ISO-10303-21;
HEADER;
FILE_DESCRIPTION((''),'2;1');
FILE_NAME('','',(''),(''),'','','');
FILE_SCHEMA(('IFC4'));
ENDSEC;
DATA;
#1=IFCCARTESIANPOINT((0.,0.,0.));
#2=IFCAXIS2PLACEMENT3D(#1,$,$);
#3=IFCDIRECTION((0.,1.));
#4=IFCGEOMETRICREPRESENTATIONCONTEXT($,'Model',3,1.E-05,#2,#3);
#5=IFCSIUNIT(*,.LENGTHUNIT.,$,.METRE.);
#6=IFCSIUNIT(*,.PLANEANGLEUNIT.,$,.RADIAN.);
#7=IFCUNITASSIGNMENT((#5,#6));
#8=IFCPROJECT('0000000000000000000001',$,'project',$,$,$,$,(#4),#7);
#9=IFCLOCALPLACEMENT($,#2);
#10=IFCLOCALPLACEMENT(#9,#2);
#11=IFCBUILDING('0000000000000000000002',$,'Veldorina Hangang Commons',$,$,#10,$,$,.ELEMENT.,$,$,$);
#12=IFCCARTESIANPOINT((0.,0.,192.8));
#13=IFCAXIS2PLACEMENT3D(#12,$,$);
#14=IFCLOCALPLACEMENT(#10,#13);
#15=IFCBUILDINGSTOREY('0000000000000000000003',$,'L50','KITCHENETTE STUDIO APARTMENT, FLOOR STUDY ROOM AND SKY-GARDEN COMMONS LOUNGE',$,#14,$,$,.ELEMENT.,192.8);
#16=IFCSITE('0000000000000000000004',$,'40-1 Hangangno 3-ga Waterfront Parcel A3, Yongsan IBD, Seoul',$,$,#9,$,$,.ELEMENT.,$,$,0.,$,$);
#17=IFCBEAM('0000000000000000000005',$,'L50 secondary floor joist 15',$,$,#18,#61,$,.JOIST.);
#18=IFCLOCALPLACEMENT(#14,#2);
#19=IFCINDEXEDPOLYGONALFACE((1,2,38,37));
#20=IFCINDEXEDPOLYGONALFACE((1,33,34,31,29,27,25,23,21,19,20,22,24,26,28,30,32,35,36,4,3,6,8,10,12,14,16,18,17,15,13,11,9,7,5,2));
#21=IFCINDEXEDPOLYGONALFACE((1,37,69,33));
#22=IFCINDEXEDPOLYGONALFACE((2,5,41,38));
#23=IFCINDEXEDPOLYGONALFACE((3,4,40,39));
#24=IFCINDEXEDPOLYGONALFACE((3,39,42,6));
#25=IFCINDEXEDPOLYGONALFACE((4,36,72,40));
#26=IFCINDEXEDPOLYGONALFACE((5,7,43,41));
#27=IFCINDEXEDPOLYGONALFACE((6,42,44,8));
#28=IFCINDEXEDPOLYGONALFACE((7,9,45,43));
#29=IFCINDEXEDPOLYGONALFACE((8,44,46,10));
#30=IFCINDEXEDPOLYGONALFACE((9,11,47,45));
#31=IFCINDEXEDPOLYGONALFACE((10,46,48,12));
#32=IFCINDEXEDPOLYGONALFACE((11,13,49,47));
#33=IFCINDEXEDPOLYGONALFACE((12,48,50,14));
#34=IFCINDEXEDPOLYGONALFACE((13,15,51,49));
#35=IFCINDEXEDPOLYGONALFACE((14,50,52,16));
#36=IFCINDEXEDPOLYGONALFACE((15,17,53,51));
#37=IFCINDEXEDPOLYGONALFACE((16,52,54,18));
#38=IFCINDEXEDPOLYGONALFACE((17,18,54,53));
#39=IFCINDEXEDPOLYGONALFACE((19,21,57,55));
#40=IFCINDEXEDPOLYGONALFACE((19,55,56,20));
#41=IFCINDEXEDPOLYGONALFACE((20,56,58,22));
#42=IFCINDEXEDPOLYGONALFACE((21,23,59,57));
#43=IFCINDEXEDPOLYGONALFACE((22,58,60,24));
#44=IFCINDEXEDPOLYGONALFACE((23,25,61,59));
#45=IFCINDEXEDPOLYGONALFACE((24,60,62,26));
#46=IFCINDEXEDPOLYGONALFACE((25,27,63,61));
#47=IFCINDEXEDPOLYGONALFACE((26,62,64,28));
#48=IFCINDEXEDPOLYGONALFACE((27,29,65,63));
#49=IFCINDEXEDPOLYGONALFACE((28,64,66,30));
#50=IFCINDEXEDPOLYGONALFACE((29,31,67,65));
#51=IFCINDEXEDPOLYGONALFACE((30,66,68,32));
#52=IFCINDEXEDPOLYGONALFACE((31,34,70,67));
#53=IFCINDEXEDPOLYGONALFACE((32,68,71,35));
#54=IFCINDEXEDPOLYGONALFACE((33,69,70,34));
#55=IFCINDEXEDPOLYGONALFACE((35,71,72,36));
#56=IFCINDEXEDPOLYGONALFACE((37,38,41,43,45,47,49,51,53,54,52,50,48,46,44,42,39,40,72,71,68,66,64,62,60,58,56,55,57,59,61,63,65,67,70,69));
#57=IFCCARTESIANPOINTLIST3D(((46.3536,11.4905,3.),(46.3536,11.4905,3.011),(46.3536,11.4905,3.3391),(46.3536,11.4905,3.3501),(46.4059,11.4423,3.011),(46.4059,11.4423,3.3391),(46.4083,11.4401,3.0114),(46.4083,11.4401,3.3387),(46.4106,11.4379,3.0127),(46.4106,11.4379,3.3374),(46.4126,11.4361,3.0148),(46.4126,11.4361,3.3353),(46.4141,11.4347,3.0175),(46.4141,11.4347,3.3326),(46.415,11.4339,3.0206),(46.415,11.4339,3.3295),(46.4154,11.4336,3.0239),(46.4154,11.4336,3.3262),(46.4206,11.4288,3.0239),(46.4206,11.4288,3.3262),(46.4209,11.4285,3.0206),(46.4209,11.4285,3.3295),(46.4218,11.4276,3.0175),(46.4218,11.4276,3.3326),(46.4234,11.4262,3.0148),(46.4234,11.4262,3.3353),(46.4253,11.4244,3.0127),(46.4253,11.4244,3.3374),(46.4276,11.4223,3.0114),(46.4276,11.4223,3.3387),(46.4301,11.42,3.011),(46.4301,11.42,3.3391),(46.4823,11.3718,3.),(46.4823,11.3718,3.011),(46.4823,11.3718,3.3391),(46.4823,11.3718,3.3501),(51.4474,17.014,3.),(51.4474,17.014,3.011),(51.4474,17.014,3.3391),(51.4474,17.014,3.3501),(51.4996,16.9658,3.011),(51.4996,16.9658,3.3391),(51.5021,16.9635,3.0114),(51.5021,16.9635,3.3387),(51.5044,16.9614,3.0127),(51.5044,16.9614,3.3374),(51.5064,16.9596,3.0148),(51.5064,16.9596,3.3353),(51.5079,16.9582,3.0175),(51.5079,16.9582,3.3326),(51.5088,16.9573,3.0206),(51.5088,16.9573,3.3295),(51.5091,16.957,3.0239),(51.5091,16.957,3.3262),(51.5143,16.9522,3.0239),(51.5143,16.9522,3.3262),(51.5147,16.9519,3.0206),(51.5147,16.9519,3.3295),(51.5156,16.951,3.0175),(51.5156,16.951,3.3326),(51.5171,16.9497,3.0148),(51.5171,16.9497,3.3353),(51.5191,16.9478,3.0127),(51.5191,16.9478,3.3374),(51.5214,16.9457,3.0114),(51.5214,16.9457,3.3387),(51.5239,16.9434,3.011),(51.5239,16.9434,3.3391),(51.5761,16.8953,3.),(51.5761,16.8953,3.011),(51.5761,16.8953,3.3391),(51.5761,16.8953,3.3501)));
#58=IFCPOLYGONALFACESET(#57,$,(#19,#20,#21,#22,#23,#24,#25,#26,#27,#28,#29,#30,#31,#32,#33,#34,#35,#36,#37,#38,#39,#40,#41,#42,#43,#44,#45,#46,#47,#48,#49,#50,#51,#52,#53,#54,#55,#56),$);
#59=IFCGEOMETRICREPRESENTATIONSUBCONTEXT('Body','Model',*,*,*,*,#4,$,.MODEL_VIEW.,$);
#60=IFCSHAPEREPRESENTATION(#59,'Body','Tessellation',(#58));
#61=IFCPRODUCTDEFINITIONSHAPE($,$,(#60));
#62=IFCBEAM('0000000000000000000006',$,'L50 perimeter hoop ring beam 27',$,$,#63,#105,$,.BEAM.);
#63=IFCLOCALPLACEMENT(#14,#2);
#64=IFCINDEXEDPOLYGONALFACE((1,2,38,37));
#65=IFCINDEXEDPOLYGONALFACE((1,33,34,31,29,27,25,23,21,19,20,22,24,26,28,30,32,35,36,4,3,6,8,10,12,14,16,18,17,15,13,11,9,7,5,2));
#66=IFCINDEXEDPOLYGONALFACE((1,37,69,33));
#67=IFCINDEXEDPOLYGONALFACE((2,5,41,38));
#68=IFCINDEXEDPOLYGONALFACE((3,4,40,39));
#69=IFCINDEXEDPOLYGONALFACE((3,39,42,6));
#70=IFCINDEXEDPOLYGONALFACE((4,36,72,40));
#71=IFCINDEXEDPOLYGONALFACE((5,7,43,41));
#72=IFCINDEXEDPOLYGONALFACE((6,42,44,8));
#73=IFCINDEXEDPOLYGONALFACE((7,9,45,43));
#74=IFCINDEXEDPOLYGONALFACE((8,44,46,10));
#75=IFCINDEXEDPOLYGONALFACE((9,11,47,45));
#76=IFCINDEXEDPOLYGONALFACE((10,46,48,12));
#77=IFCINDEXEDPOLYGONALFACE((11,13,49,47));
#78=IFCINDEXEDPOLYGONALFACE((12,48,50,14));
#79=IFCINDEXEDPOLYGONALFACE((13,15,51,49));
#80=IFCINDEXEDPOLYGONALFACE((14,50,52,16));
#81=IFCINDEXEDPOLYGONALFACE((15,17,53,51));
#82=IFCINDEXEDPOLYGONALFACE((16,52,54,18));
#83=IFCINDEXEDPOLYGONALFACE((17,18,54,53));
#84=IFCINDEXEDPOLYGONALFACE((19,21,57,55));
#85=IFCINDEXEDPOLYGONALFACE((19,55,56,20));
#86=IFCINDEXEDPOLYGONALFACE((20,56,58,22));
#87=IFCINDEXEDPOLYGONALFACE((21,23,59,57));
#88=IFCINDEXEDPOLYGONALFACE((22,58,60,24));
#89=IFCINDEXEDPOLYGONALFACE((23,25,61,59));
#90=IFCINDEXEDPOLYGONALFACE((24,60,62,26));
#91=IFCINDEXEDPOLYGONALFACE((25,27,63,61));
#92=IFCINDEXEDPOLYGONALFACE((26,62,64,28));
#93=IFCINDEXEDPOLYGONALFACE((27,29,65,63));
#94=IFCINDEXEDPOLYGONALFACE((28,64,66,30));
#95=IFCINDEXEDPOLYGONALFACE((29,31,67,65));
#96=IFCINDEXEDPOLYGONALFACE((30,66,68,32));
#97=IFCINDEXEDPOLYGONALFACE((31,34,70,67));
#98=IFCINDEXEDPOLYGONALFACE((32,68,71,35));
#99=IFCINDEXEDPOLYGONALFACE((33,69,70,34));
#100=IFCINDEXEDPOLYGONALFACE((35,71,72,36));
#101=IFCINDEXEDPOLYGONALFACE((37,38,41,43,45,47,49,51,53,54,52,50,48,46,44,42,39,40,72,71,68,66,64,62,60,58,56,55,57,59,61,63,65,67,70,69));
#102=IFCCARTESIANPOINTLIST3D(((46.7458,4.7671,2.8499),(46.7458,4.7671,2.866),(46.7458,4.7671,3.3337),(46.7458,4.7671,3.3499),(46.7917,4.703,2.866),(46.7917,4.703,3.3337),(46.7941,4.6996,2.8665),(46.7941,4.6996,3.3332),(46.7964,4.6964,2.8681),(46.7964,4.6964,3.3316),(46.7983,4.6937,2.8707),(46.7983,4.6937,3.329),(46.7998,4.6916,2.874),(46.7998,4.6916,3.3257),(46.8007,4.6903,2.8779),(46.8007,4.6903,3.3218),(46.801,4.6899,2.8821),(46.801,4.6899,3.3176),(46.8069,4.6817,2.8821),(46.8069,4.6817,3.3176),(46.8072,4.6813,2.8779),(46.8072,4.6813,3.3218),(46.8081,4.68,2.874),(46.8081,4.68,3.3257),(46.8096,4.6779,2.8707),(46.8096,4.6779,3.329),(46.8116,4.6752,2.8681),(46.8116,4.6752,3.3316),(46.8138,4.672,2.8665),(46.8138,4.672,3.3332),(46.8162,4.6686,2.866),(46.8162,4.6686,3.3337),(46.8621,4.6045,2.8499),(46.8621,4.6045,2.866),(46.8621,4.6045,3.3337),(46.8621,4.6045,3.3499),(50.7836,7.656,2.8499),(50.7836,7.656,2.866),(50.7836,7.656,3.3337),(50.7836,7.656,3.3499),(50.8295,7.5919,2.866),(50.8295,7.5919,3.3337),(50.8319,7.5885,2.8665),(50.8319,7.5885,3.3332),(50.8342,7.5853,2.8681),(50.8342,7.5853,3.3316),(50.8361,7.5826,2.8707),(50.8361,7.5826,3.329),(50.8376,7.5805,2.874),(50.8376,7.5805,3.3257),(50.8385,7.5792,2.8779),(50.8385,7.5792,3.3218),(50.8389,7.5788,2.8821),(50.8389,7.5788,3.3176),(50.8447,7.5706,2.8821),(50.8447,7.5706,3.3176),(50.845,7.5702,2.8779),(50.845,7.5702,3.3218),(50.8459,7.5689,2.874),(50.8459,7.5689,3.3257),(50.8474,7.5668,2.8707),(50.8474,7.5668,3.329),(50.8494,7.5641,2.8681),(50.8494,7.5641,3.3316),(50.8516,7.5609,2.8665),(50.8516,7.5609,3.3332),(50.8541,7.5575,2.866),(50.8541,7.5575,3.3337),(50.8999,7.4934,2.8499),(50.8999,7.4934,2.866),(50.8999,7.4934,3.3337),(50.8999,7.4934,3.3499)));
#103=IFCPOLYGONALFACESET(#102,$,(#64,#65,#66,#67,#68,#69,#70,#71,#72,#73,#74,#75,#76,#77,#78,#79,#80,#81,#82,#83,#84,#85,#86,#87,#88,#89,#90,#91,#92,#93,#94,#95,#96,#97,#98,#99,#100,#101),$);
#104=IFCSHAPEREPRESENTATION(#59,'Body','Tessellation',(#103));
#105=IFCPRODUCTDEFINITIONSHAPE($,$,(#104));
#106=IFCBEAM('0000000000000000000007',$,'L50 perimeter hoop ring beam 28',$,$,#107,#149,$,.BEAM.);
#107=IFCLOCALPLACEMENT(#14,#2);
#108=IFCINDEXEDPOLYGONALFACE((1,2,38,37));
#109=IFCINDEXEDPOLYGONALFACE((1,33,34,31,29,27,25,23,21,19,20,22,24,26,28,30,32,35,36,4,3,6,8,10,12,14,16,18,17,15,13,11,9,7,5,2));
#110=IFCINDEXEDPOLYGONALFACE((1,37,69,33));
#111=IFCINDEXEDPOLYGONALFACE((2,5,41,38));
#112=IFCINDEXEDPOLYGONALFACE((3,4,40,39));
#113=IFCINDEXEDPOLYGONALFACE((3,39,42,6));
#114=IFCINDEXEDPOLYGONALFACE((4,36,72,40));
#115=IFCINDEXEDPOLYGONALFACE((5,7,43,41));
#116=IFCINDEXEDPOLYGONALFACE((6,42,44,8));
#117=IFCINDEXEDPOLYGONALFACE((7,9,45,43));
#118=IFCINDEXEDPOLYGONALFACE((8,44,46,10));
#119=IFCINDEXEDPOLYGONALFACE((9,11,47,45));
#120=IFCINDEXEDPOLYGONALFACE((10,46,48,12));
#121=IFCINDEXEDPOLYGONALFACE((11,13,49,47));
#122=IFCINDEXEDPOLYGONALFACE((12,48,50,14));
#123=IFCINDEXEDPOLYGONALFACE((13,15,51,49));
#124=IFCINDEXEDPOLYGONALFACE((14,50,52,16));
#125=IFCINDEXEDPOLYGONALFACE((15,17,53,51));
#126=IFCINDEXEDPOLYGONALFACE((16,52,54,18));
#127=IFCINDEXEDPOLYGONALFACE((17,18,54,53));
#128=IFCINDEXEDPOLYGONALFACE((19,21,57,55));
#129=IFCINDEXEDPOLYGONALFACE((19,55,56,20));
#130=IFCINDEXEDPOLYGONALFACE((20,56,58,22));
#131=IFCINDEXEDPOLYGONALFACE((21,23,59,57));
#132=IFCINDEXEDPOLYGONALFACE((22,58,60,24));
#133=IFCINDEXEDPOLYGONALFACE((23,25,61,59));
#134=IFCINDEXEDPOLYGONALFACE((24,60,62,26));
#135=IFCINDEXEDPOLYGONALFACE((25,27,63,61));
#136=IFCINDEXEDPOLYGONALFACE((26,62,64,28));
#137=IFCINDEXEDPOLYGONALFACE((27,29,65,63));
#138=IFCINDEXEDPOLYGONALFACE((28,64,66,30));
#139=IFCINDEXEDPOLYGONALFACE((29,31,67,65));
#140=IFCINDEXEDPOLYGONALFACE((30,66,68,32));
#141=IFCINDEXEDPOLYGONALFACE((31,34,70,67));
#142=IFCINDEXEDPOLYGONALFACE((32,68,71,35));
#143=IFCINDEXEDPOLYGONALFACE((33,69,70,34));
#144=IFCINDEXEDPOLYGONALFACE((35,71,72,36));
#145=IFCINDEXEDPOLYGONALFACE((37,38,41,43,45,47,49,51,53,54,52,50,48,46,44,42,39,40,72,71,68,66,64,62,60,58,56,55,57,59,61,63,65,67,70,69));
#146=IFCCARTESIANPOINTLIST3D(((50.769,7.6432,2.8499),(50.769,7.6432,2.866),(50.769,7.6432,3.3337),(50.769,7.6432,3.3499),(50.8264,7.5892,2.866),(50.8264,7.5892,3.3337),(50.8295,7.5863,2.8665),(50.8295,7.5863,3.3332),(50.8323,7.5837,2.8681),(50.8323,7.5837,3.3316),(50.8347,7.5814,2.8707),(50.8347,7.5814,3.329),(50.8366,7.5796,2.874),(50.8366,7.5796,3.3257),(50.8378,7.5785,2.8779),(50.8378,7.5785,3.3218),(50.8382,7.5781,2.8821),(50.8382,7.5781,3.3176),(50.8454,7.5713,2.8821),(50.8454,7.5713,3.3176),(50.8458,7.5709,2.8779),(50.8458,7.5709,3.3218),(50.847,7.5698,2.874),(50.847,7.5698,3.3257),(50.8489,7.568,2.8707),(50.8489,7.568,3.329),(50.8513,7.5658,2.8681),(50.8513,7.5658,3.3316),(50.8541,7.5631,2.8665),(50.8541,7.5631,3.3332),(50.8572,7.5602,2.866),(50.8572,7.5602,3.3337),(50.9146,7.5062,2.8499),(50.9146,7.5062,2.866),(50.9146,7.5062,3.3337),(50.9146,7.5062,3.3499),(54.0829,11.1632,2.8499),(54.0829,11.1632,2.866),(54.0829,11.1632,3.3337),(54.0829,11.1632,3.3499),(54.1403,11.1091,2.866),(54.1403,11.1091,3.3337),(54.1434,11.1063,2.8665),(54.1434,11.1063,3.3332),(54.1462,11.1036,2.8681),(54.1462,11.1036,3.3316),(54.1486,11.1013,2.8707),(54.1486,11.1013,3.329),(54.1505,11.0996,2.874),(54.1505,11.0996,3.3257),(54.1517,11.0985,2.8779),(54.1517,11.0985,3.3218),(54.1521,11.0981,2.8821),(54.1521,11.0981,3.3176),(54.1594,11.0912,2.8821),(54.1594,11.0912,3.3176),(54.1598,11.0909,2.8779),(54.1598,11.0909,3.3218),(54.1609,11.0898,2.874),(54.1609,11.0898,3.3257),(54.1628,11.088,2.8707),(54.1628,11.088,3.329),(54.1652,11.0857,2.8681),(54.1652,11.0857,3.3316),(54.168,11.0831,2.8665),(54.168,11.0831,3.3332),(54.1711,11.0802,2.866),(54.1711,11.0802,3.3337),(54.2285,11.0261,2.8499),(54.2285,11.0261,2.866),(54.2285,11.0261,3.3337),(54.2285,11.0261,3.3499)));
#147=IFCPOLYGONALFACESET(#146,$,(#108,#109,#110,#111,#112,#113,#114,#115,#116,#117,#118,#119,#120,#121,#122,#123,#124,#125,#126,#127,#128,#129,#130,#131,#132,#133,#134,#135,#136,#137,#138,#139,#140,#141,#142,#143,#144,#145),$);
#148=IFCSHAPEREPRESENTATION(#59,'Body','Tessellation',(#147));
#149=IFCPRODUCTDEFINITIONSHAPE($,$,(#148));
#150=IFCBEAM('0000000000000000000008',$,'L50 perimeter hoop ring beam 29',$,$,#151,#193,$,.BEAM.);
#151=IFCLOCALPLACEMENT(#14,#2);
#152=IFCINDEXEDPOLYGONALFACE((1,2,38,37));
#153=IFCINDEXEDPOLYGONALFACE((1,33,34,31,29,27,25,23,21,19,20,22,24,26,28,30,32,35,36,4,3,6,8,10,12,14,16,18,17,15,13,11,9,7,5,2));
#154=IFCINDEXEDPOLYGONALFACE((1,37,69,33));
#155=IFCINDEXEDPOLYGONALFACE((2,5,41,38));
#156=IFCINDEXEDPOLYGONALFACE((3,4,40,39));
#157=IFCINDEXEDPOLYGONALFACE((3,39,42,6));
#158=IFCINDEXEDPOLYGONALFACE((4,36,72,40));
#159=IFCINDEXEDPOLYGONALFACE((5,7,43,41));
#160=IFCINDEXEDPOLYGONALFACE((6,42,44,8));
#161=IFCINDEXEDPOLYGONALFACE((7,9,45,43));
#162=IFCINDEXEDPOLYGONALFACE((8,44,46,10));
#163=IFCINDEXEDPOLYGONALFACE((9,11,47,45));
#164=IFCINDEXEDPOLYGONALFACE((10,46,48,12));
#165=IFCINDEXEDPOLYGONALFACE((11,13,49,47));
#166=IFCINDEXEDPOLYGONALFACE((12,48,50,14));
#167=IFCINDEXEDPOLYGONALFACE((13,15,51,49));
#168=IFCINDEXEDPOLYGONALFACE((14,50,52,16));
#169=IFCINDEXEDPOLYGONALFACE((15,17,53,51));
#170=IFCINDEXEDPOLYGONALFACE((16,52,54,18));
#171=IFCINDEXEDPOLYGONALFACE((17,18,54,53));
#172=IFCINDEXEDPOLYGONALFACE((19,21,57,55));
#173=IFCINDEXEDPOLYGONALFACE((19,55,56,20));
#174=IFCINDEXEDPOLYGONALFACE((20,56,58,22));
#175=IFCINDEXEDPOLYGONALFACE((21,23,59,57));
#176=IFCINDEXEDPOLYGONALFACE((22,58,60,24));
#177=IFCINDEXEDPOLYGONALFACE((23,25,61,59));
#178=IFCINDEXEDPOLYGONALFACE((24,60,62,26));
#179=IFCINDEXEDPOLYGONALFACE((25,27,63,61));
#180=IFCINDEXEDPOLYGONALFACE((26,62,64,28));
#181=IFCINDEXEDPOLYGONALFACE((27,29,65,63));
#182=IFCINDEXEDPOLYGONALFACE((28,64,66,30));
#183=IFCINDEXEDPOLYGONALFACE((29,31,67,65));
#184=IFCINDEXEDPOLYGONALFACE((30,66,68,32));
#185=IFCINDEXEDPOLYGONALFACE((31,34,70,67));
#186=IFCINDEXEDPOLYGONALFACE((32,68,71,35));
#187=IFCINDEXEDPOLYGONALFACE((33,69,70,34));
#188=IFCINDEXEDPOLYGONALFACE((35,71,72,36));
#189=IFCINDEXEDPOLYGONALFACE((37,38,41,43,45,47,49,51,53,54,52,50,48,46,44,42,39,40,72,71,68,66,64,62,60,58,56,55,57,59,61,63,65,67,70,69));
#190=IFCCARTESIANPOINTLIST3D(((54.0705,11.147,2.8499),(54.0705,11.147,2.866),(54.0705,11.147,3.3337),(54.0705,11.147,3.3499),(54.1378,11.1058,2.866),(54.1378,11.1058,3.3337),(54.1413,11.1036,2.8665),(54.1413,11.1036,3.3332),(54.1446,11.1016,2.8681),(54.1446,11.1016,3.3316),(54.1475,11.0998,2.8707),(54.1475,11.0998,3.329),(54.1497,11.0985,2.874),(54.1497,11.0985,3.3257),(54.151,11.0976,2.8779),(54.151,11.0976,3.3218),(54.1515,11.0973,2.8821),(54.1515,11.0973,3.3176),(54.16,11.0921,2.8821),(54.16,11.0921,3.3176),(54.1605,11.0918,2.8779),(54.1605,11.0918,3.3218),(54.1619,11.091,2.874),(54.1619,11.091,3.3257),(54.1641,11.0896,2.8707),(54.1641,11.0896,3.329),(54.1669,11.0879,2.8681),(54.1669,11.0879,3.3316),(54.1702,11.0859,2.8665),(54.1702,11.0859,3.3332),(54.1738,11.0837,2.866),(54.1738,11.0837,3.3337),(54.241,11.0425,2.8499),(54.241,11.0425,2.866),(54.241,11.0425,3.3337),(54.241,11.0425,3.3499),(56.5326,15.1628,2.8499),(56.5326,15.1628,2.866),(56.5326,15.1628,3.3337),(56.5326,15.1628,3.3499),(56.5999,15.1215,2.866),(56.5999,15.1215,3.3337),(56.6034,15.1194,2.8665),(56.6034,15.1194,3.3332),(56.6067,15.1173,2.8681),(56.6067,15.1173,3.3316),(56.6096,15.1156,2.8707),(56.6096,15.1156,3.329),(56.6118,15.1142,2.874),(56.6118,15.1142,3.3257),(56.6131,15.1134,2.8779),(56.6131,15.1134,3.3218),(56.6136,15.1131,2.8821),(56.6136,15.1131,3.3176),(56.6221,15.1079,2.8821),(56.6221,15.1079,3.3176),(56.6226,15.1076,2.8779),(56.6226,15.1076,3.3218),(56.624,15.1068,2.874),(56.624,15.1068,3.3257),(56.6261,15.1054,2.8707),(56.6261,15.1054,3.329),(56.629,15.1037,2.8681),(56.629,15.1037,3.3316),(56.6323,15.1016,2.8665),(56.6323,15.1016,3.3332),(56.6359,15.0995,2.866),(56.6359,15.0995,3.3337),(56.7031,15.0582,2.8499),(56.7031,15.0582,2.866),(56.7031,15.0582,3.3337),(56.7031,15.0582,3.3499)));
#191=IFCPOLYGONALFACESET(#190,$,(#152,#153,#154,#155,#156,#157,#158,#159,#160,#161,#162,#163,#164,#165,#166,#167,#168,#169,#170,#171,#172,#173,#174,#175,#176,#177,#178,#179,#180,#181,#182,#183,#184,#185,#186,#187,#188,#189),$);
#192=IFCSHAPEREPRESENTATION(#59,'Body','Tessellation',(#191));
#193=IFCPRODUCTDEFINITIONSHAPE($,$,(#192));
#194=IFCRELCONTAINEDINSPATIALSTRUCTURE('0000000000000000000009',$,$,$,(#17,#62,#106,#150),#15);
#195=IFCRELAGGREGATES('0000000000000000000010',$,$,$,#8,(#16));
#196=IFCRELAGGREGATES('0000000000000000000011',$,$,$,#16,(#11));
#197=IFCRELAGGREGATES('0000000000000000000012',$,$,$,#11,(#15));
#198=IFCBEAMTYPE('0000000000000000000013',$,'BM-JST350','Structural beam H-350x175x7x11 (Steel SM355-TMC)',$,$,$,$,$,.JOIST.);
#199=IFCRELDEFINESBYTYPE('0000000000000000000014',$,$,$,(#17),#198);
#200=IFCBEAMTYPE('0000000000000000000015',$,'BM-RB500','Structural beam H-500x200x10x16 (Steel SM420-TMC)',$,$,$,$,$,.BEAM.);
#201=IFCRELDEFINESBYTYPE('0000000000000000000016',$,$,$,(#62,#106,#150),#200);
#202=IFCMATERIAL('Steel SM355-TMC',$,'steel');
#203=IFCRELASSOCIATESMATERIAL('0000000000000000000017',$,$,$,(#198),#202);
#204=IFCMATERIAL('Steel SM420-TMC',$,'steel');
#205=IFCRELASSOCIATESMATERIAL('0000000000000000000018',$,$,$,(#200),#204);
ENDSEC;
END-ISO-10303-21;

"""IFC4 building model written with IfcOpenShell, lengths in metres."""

from ifc_helpers import new_model, si_unit, direction, frame, origin, origin_2d, place, context, subcontext, project, spatial, i_section, extrude, material, material_profile, profile_set, type_object, element, save


model = new_model("IFC4")

# Units and contexts
model_context = context("Model", 3, precision=1e-05, world=origin(), true_north=direction((0.0, 1.0)))
body_context = subcontext(model_context, "Body", "Model", "MODEL_VIEW")
ifc_project = project(units=[si_unit("LENGTHUNIT", "METRE"), si_unit("PLANEANGLEUNIT", "RADIAN")], contexts=[model_context])

# Site, building, storey
site_placement = place(None, origin())
site = spatial("IfcSite", under=ifc_project, at=site_placement, Name="40-1 Hangangno 3-ga Waterfront Parcel A3, Yongsan IBD, Seoul", CompositionType="ELEMENT", RefElevation=0.0)
building_placement = place(site_placement, origin())
building = spatial("IfcBuilding", under=site, at=building_placement, Name="Veldorina Hangang Commons", CompositionType="ELEMENT")
storey_placement = place(building_placement, frame((0.0, 0.0, 192.8)))
storey = spatial("IfcBuildingStorey", under=building, at=storey_placement, Name="L50", Description="KITCHENETTE STUDIO APARTMENT, FLOOR STUDY ROOM AND SKY-GARDEN COMMONS LOUNGE", CompositionType="ELEMENT", Elevation=192.8)

# Beams
ifc_material_1 = material(Name="Steel SM355-TMC", Category="steel")
ifc_material_profile_1 = material_profile(ifc_material_1, i_section(OverallWidth=0.175, OverallDepth=0.3501, WebThickness=0.0071, FlangeThickness=0.011, FilletRadius=0.0129, at=origin_2d()), Name="H-350x175x7x11")
ifc_profile_set_1 = profile_set([ifc_material_profile_1], Name="Steel SM355-TMC")
beam_type_1 = type_object("IfcBeamType", Name="BM-JST350", Description="Structural beam H-350x175x7x11 (Steel SM355-TMC)", PredefinedType="JOIST", material=ifc_profile_set_1)
beam_1_placement = place(storey_placement, frame((46.418, 11.4312, 3.175), z_axis=(0.677935, 0.735122, 0.0), x_axis=(-0.735122, 0.677935, 0.0)))
element("IfcBeam", 1, at=beam_1_placement, inside=storey, type_object=beam_type_1, Name="L50 secondary floor joist 15", PredefinedType="JOIST", context=body_context, shape_type="SweptSolid", body=[
    extrude(i_section(OverallWidth=0.175, OverallDepth=0.3501, WebThickness=0.0071, FlangeThickness=0.011, FilletRadius=0.0129, at=origin_2d()), origin(), (0.0, 0.0, 1.0), 7.5137),
])
ifc_material_2 = material(Name="Steel SM420-TMC", Category="steel")
ifc_material_profile_2 = material_profile(ifc_material_2, i_section(OverallWidth=0.2, OverallDepth=0.5, WebThickness=0.01, FlangeThickness=0.0161, FilletRadius=0.0161, at=origin_2d()), Name="H-500x200x10x16")
ifc_profile_set_2 = profile_set([ifc_material_profile_2], Name="Steel SM420-TMC")
beam_type_2 = type_object("IfcBeamType", Name="BM-RB500", Description="Structural beam H-500x200x10x16 (Steel SM420-TMC)", PredefinedType="BEAM", material=ifc_profile_set_2)
beam_2_placement = place(storey_placement, frame((46.804, 4.6858, 3.0999), z_axis=(0.813281, 0.581871, 0.0), x_axis=(-0.581871, 0.813281, 0.0)))
element("IfcBeam", 2, at=beam_2_placement, inside=storey, type_object=beam_type_2, Name="L50 perimeter hoop ring beam 27", PredefinedType="BEAM", context=body_context, shape_type="SweptSolid", body=[
    extrude(i_section(OverallWidth=0.2, OverallDepth=0.5, WebThickness=0.01, FlangeThickness=0.0161, FilletRadius=0.0161, at=origin_2d()), origin(), (0.0, 0.0, 1.0), 4.9648),
])
beam_3_placement = place(storey_placement, frame((50.8418, 7.5747, 3.0999), z_axis=(0.685475, 0.728096, 0.0), x_axis=(-0.728096, 0.685475, 0.0)))
element("IfcBeam", 3, at=beam_3_placement, inside=storey, type_object=beam_type_2, Name="L50 perimeter hoop ring beam 28", PredefinedType="BEAM", context=body_context, shape_type="SweptSolid", body=[
    extrude(i_section(OverallWidth=0.2, OverallDepth=0.5, WebThickness=0.01, FlangeThickness=0.0161, FilletRadius=0.0161, at=origin_2d()), origin(), (0.0, 0.0, 1.0), 4.8345),
])
beam_4_placement = place(storey_placement, frame((54.1558, 11.0947, 3.0999), z_axis=(0.522688, 0.852524, 0.0), x_axis=(-0.852524, 0.522688, 0.0)))
element("IfcBeam", 4, at=beam_4_placement, inside=storey, type_object=beam_type_2, Name="L50 perimeter hoop ring beam 29", PredefinedType="BEAM", context=body_context, shape_type="SweptSolid", body=[
    extrude(i_section(OverallWidth=0.2, OverallDepth=0.5, WebThickness=0.01, FlangeThickness=0.0161, FilletRadius=0.0161, at=origin_2d()), origin(), (0.0, 0.0, 1.0), 4.7104),
])

save(model, "model.ifc")
